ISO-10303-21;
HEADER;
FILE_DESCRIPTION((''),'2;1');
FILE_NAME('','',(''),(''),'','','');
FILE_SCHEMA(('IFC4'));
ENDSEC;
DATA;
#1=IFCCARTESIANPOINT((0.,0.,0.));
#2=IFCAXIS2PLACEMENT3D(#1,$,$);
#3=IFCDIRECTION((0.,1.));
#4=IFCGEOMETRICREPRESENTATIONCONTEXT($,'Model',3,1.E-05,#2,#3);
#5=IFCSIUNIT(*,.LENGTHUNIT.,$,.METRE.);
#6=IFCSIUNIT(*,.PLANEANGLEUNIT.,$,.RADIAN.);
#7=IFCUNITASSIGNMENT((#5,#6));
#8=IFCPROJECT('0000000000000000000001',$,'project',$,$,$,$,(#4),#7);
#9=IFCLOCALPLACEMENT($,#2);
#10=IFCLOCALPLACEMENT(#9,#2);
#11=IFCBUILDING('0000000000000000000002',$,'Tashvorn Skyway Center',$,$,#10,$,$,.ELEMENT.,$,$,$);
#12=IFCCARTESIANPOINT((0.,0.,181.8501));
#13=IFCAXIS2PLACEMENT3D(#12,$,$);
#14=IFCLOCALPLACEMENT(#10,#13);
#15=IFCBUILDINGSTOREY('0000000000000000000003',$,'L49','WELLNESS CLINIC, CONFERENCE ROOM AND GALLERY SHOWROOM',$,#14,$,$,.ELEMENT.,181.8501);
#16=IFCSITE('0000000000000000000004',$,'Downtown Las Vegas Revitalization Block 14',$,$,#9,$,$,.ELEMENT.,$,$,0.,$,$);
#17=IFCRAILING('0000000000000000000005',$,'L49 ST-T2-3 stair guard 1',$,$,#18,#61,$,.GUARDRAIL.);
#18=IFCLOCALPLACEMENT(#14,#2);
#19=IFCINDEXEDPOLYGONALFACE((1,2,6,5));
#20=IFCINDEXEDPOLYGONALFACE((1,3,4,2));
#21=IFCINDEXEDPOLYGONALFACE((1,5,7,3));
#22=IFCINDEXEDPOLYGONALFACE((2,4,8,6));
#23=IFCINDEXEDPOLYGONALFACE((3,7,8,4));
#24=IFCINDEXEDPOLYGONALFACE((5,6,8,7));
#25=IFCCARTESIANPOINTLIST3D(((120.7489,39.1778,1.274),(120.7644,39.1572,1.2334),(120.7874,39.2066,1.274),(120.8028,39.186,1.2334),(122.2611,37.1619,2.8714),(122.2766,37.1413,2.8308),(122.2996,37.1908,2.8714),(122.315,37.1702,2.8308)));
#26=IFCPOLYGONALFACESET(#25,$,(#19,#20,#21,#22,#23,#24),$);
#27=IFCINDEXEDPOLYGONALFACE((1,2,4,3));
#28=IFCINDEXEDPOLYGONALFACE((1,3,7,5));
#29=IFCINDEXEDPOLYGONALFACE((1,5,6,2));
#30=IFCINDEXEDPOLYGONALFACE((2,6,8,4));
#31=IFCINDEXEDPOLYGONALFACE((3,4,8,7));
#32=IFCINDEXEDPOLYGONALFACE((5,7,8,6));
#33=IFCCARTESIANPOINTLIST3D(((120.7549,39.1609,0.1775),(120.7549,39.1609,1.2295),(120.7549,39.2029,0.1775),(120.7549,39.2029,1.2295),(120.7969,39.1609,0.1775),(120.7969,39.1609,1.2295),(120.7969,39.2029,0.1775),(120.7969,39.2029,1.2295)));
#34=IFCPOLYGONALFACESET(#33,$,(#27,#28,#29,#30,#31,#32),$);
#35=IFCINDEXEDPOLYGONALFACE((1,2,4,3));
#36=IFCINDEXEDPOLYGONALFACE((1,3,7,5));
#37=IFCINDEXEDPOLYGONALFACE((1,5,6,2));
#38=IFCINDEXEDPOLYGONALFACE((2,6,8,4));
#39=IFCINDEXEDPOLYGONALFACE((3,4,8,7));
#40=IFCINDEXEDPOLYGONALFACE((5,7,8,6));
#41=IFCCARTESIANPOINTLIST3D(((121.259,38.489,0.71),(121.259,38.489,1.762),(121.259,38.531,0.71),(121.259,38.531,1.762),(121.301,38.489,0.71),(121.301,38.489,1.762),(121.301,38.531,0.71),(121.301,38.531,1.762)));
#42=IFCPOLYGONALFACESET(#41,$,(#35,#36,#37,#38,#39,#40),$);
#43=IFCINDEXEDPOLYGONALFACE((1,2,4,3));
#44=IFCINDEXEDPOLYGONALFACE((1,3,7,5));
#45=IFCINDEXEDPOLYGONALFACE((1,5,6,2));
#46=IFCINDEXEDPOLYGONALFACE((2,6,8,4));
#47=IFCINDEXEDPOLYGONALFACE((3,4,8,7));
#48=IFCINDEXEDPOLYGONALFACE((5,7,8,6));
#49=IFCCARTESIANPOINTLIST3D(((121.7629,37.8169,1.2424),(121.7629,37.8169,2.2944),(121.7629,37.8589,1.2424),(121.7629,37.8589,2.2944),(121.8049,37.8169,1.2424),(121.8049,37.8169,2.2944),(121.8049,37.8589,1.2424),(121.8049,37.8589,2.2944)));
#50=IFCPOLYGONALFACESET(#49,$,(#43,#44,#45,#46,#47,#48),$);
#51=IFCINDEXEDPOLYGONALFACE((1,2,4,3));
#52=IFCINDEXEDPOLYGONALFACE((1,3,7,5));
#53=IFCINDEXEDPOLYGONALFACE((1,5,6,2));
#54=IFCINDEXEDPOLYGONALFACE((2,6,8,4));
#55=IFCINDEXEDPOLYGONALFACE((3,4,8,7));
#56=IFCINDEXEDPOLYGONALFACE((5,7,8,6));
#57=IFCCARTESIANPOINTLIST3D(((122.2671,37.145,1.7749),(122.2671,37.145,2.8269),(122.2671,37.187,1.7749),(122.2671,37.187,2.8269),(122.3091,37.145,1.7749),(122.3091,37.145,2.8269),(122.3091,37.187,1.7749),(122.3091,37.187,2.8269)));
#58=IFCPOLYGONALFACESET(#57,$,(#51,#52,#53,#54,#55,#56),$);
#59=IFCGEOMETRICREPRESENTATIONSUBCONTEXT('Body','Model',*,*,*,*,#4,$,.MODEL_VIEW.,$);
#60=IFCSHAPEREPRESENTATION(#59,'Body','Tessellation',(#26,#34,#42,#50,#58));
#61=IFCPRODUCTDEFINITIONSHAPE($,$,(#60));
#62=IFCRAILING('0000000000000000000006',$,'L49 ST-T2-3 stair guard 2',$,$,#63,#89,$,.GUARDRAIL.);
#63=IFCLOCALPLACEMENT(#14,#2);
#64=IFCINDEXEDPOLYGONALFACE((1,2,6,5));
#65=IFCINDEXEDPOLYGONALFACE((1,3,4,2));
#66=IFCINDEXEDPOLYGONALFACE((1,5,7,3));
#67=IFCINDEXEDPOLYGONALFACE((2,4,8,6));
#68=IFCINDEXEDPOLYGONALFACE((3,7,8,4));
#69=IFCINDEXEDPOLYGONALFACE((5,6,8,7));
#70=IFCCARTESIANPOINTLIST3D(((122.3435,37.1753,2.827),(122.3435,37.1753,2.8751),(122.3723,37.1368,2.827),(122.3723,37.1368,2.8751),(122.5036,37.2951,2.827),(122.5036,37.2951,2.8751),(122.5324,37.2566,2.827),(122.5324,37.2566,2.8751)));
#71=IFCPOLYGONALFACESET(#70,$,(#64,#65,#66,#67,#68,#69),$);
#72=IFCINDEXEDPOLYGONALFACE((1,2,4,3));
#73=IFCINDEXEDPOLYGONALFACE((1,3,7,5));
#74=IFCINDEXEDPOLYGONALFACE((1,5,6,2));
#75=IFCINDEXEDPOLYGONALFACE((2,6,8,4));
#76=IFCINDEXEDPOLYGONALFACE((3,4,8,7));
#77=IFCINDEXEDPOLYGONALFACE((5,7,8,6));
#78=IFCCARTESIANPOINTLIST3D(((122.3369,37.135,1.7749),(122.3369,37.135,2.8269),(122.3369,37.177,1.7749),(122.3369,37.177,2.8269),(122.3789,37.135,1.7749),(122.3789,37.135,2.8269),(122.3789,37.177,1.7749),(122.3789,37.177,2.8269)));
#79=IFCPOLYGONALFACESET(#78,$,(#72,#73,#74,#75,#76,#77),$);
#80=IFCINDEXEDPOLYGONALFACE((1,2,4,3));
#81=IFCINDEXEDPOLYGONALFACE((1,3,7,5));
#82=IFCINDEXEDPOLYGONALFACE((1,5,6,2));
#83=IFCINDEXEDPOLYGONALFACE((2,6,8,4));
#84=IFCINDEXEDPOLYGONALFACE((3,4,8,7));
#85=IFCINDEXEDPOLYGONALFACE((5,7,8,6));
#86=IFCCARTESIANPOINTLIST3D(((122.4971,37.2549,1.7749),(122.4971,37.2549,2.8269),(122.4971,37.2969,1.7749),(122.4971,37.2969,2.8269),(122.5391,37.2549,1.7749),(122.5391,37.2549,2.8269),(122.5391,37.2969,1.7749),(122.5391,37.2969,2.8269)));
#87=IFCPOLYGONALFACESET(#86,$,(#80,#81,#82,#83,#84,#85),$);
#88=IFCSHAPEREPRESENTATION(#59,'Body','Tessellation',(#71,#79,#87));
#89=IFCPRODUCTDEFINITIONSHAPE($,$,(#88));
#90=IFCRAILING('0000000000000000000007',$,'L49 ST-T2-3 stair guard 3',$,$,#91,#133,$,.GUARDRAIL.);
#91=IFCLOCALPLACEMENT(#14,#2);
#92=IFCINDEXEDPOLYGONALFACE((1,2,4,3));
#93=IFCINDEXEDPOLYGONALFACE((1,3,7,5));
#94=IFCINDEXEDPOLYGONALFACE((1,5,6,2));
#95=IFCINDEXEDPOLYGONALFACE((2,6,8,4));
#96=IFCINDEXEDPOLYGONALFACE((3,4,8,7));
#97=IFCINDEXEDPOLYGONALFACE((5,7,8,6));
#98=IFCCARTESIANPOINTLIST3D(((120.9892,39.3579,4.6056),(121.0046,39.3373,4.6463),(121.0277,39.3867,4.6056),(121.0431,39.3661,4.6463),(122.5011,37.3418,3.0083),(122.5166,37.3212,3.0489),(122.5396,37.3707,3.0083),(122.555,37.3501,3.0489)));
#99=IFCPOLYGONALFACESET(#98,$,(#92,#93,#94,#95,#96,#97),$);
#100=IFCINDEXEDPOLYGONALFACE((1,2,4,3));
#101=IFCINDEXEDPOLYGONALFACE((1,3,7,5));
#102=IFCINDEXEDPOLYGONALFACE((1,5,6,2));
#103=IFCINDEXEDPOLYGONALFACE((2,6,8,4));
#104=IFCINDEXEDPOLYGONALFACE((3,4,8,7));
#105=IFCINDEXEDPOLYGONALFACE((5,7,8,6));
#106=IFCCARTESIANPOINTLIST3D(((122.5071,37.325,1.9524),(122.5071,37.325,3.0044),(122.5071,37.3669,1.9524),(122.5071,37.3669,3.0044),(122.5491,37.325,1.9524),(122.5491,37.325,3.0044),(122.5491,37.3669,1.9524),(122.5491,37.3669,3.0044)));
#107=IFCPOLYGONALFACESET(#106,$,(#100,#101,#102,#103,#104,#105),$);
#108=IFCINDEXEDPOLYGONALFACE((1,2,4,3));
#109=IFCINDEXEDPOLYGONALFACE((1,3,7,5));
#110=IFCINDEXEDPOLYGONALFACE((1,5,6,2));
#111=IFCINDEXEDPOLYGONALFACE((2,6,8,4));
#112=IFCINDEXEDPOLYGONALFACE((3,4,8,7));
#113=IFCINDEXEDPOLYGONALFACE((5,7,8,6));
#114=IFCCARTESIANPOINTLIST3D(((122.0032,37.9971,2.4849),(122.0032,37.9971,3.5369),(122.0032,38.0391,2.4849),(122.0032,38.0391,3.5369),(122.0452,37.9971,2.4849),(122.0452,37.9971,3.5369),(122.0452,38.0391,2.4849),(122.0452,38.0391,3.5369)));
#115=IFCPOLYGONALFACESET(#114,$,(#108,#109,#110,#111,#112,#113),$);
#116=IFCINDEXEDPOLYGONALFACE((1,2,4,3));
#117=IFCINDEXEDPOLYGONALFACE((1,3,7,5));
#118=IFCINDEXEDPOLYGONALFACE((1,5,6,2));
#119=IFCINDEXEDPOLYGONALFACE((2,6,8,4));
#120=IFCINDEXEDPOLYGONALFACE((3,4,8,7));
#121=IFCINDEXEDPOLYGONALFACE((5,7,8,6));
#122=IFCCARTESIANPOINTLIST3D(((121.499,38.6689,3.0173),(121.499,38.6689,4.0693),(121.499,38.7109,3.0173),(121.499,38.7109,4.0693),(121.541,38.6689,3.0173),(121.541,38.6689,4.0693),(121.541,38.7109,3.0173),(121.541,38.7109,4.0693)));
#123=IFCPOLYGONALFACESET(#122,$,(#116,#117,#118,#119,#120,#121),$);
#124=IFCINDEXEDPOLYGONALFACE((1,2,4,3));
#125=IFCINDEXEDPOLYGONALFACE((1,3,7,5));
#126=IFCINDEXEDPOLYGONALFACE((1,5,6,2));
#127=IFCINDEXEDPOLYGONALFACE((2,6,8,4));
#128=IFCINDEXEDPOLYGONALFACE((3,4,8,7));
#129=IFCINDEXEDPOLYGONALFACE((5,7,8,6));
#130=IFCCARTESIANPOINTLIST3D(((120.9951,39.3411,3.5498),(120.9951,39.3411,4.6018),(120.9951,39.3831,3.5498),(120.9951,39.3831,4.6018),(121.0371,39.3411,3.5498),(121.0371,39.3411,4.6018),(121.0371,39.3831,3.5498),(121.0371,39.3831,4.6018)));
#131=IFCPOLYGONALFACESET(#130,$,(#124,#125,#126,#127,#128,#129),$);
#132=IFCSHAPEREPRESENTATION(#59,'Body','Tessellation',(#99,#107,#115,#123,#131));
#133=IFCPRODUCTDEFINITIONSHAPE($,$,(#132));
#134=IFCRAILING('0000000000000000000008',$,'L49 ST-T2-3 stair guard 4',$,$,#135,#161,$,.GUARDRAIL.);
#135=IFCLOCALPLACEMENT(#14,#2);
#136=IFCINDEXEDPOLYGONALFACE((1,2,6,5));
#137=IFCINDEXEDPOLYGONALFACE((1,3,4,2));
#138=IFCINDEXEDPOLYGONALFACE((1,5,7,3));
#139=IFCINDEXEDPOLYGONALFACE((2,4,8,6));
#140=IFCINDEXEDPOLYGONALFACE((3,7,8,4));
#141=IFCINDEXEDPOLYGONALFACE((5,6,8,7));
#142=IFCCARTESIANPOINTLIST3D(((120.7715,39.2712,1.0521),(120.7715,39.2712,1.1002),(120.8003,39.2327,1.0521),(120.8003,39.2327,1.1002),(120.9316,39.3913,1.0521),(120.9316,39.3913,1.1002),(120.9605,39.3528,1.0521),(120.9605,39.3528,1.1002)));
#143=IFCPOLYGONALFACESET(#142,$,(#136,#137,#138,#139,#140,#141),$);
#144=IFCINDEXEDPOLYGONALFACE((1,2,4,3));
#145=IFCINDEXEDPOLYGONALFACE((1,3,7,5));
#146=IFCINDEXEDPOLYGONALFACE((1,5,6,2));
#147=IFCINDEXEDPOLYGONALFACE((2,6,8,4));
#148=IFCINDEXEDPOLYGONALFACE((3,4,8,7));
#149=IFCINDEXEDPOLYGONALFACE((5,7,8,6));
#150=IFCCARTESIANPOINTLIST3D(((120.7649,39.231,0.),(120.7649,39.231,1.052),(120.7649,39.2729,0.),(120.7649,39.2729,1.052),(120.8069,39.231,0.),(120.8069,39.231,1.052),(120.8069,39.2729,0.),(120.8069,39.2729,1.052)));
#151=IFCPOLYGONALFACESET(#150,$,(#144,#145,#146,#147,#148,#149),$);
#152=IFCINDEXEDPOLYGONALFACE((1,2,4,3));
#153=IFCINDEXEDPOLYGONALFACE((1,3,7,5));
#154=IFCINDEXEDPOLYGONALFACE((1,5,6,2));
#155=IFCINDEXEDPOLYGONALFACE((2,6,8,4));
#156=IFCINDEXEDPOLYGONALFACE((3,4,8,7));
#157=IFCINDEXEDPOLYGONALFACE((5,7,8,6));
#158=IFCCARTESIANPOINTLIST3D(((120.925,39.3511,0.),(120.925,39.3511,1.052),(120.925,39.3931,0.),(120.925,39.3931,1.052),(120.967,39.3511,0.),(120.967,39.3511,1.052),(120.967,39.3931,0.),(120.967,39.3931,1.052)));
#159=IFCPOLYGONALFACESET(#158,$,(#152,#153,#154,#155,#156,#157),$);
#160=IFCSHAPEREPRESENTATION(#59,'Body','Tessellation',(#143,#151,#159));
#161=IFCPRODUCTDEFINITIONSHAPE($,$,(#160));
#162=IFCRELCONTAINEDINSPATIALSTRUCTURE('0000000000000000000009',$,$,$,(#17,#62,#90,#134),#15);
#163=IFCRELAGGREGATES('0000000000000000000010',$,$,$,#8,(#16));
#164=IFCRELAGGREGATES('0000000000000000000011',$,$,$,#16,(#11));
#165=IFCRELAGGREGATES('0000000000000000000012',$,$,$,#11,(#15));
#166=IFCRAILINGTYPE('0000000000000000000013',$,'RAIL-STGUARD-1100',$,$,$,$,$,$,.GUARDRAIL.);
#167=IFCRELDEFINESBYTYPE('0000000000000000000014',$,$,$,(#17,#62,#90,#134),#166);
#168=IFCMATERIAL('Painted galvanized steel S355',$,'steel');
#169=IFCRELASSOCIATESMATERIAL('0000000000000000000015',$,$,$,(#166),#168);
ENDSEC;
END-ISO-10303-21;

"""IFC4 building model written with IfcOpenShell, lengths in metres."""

from ifc_helpers import new_model, si_unit, direction, frame, origin, origin_2d, place, context, subcontext, project, spatial, rectangle, extrude, material, type_object, element, save


model = new_model("IFC4")

# Units and contexts
model_context = context("Model", 3, precision=1e-05, world=origin(), true_north=direction((0.0, 1.0)))
body_context = subcontext(model_context, "Body", "Model", "MODEL_VIEW")
ifc_project = project(units=[si_unit("LENGTHUNIT", "METRE"), si_unit("PLANEANGLEUNIT", "RADIAN")], contexts=[model_context])

# Site, building, storey
site_placement = place(None, origin())
site = spatial("IfcSite", under=ifc_project, at=site_placement, Name="Downtown Las Vegas Revitalization Block 14", CompositionType="ELEMENT", RefElevation=0.0)
building_placement = place(site_placement, origin())
building = spatial("IfcBuilding", under=site, at=building_placement, Name="Tashvorn Skyway Center", CompositionType="ELEMENT")
storey_placement = place(building_placement, frame((0.0, 0.0, 181.8501)))
storey = spatial("IfcBuildingStorey", under=building, at=storey_placement, Name="L49", Description="WELLNESS CLINIC, CONFERENCE ROOM AND GALLERY SHOWROOM", CompositionType="ELEMENT", Elevation=181.8501)

# Railings
ifc_material_1 = material(Name="Painted galvanized steel S355", Category="steel")
railing_type_1 = type_object("IfcRailingType", Name="RAIL-STGUARD-1100", PredefinedType="GUARDRAIL", material=ifc_material_1)
railing_1_placement = place(storey_placement, frame((120.7759, 39.1819, 0.1775)))
element("IfcRailing", 1, at=railing_1_placement, inside=storey, type_object=railing_type_1, Name="L49 ST-T2-3 stair guard 1", PredefinedType="GUARDRAIL", context=body_context, shape_type="SweptSolid", body=[
    extrude(rectangle(XDim=0.0481, YDim=0.0481, at=origin_2d()), frame((0.0, 0.0, 1.0762), z_axis=(0.50683, -0.675636, 0.535387), x_axis=(0.799942, 0.600078, 0.0)), (0.0, 0.0, 1.0), 2.9836),
    extrude(rectangle(XDim=0.042, YDim=0.042, at=origin_2d()), origin(), (0.0, 0.0, 1.0), 1.052),
    extrude(rectangle(XDim=0.042, YDim=0.042, at=origin_2d()), frame((0.5042, -0.6719, 0.5325)), (0.0, 0.0, 1.0), 1.052),
    extrude(rectangle(XDim=0.042, YDim=0.042, at=origin_2d()), frame((1.0081, -1.344, 1.0649)), (0.0, 0.0, 1.0), 1.052),
    extrude(rectangle(XDim=0.042, YDim=0.042, at=origin_2d()), frame((1.5122, -2.0159, 1.5974)), (0.0, 0.0, 1.0), 1.052),
])
railing_2_placement = place(storey_placement, frame((122.3579, 37.156, 1.7749)))
element("IfcRailing", 2, at=railing_2_placement, inside=storey, type_object=railing_type_1, Name="L49 ST-T2-3 stair guard 2", PredefinedType="GUARDRAIL", context=body_context, shape_type="SweptSolid", body=[
    extrude(rectangle(XDim=0.0481, YDim=0.0481, at=origin_2d()), frame((0.0, 0.0, 1.0762), z_axis=(0.800585, 0.599219, 0.0), x_axis=(-0.599219, 0.800585, 0.0)), (0.0, 0.0, 1.0), 0.2),
    extrude(rectangle(XDim=0.042, YDim=0.042, at=origin_2d()), origin(), (0.0, 0.0, 1.0), 1.052),
    extrude(rectangle(XDim=0.042, YDim=0.042, at=origin_2d()), frame((0.1602, 0.1199, 0.0)), (0.0, 0.0, 1.0), 1.052),
])
railing_3_placement = place(storey_placement, frame((122.5281, 37.3459, 1.9524)))
element("IfcRailing", 3, at=railing_3_placement, inside=storey, type_object=railing_type_1, Name="L49 ST-T2-3 stair guard 3", PredefinedType="GUARDRAIL", context=body_context, shape_type="SweptSolid", body=[
    extrude(rectangle(XDim=0.0481, YDim=0.0481, at=origin_2d()), frame((0.0, 0.0, 1.0762), z_axis=(-0.506741, 0.675709, 0.535379), x_axis=(-0.800023, -0.599969, 0.0)), (0.0, 0.0, 1.0), 2.9836),
    extrude(rectangle(XDim=0.042, YDim=0.042, at=origin_2d()), origin(), (0.0, 0.0, 1.0), 1.052),
    extrude(rectangle(XDim=0.042, YDim=0.042, at=origin_2d()), frame((-0.5039, 0.6721, 0.5325)), (0.0, 0.0, 1.0), 1.052),
    extrude(rectangle(XDim=0.042, YDim=0.042, at=origin_2d()), frame((-1.0081, 1.344, 1.0649)), (0.0, 0.0, 1.0), 1.052),
    extrude(rectangle(XDim=0.042, YDim=0.042, at=origin_2d()), frame((-1.512, 2.0161, 1.5974)), (0.0, 0.0, 1.0), 1.052),
])
railing_4_placement = place(storey_placement, frame((120.7859, 39.252, 0.0)))
element("IfcRailing", 4, at=railing_4_placement, inside=storey, type_object=railing_type_1, Name="L49 ST-T2-3 stair guard 4", PredefinedType="GUARDRAIL", context=body_context, shape_type="SweptSolid", body=[
    extrude(rectangle(XDim=0.0481, YDim=0.0481, at=origin_2d()), frame((0.0, 0.0, 1.0762), z_axis=(0.8, 0.6, 0.0), x_axis=(-0.6, 0.8, 0.0)), (0.0, 0.0, 1.0), 0.2002),
    extrude(rectangle(XDim=0.042, YDim=0.042, at=origin_2d()), origin(), (0.0, 0.0, 1.0), 1.052),
    extrude(rectangle(XDim=0.042, YDim=0.042, at=origin_2d()), frame((0.1602, 0.1201, 0.0)), (0.0, 0.0, 1.0), 1.052),
])

save(model, "model.ifc")
